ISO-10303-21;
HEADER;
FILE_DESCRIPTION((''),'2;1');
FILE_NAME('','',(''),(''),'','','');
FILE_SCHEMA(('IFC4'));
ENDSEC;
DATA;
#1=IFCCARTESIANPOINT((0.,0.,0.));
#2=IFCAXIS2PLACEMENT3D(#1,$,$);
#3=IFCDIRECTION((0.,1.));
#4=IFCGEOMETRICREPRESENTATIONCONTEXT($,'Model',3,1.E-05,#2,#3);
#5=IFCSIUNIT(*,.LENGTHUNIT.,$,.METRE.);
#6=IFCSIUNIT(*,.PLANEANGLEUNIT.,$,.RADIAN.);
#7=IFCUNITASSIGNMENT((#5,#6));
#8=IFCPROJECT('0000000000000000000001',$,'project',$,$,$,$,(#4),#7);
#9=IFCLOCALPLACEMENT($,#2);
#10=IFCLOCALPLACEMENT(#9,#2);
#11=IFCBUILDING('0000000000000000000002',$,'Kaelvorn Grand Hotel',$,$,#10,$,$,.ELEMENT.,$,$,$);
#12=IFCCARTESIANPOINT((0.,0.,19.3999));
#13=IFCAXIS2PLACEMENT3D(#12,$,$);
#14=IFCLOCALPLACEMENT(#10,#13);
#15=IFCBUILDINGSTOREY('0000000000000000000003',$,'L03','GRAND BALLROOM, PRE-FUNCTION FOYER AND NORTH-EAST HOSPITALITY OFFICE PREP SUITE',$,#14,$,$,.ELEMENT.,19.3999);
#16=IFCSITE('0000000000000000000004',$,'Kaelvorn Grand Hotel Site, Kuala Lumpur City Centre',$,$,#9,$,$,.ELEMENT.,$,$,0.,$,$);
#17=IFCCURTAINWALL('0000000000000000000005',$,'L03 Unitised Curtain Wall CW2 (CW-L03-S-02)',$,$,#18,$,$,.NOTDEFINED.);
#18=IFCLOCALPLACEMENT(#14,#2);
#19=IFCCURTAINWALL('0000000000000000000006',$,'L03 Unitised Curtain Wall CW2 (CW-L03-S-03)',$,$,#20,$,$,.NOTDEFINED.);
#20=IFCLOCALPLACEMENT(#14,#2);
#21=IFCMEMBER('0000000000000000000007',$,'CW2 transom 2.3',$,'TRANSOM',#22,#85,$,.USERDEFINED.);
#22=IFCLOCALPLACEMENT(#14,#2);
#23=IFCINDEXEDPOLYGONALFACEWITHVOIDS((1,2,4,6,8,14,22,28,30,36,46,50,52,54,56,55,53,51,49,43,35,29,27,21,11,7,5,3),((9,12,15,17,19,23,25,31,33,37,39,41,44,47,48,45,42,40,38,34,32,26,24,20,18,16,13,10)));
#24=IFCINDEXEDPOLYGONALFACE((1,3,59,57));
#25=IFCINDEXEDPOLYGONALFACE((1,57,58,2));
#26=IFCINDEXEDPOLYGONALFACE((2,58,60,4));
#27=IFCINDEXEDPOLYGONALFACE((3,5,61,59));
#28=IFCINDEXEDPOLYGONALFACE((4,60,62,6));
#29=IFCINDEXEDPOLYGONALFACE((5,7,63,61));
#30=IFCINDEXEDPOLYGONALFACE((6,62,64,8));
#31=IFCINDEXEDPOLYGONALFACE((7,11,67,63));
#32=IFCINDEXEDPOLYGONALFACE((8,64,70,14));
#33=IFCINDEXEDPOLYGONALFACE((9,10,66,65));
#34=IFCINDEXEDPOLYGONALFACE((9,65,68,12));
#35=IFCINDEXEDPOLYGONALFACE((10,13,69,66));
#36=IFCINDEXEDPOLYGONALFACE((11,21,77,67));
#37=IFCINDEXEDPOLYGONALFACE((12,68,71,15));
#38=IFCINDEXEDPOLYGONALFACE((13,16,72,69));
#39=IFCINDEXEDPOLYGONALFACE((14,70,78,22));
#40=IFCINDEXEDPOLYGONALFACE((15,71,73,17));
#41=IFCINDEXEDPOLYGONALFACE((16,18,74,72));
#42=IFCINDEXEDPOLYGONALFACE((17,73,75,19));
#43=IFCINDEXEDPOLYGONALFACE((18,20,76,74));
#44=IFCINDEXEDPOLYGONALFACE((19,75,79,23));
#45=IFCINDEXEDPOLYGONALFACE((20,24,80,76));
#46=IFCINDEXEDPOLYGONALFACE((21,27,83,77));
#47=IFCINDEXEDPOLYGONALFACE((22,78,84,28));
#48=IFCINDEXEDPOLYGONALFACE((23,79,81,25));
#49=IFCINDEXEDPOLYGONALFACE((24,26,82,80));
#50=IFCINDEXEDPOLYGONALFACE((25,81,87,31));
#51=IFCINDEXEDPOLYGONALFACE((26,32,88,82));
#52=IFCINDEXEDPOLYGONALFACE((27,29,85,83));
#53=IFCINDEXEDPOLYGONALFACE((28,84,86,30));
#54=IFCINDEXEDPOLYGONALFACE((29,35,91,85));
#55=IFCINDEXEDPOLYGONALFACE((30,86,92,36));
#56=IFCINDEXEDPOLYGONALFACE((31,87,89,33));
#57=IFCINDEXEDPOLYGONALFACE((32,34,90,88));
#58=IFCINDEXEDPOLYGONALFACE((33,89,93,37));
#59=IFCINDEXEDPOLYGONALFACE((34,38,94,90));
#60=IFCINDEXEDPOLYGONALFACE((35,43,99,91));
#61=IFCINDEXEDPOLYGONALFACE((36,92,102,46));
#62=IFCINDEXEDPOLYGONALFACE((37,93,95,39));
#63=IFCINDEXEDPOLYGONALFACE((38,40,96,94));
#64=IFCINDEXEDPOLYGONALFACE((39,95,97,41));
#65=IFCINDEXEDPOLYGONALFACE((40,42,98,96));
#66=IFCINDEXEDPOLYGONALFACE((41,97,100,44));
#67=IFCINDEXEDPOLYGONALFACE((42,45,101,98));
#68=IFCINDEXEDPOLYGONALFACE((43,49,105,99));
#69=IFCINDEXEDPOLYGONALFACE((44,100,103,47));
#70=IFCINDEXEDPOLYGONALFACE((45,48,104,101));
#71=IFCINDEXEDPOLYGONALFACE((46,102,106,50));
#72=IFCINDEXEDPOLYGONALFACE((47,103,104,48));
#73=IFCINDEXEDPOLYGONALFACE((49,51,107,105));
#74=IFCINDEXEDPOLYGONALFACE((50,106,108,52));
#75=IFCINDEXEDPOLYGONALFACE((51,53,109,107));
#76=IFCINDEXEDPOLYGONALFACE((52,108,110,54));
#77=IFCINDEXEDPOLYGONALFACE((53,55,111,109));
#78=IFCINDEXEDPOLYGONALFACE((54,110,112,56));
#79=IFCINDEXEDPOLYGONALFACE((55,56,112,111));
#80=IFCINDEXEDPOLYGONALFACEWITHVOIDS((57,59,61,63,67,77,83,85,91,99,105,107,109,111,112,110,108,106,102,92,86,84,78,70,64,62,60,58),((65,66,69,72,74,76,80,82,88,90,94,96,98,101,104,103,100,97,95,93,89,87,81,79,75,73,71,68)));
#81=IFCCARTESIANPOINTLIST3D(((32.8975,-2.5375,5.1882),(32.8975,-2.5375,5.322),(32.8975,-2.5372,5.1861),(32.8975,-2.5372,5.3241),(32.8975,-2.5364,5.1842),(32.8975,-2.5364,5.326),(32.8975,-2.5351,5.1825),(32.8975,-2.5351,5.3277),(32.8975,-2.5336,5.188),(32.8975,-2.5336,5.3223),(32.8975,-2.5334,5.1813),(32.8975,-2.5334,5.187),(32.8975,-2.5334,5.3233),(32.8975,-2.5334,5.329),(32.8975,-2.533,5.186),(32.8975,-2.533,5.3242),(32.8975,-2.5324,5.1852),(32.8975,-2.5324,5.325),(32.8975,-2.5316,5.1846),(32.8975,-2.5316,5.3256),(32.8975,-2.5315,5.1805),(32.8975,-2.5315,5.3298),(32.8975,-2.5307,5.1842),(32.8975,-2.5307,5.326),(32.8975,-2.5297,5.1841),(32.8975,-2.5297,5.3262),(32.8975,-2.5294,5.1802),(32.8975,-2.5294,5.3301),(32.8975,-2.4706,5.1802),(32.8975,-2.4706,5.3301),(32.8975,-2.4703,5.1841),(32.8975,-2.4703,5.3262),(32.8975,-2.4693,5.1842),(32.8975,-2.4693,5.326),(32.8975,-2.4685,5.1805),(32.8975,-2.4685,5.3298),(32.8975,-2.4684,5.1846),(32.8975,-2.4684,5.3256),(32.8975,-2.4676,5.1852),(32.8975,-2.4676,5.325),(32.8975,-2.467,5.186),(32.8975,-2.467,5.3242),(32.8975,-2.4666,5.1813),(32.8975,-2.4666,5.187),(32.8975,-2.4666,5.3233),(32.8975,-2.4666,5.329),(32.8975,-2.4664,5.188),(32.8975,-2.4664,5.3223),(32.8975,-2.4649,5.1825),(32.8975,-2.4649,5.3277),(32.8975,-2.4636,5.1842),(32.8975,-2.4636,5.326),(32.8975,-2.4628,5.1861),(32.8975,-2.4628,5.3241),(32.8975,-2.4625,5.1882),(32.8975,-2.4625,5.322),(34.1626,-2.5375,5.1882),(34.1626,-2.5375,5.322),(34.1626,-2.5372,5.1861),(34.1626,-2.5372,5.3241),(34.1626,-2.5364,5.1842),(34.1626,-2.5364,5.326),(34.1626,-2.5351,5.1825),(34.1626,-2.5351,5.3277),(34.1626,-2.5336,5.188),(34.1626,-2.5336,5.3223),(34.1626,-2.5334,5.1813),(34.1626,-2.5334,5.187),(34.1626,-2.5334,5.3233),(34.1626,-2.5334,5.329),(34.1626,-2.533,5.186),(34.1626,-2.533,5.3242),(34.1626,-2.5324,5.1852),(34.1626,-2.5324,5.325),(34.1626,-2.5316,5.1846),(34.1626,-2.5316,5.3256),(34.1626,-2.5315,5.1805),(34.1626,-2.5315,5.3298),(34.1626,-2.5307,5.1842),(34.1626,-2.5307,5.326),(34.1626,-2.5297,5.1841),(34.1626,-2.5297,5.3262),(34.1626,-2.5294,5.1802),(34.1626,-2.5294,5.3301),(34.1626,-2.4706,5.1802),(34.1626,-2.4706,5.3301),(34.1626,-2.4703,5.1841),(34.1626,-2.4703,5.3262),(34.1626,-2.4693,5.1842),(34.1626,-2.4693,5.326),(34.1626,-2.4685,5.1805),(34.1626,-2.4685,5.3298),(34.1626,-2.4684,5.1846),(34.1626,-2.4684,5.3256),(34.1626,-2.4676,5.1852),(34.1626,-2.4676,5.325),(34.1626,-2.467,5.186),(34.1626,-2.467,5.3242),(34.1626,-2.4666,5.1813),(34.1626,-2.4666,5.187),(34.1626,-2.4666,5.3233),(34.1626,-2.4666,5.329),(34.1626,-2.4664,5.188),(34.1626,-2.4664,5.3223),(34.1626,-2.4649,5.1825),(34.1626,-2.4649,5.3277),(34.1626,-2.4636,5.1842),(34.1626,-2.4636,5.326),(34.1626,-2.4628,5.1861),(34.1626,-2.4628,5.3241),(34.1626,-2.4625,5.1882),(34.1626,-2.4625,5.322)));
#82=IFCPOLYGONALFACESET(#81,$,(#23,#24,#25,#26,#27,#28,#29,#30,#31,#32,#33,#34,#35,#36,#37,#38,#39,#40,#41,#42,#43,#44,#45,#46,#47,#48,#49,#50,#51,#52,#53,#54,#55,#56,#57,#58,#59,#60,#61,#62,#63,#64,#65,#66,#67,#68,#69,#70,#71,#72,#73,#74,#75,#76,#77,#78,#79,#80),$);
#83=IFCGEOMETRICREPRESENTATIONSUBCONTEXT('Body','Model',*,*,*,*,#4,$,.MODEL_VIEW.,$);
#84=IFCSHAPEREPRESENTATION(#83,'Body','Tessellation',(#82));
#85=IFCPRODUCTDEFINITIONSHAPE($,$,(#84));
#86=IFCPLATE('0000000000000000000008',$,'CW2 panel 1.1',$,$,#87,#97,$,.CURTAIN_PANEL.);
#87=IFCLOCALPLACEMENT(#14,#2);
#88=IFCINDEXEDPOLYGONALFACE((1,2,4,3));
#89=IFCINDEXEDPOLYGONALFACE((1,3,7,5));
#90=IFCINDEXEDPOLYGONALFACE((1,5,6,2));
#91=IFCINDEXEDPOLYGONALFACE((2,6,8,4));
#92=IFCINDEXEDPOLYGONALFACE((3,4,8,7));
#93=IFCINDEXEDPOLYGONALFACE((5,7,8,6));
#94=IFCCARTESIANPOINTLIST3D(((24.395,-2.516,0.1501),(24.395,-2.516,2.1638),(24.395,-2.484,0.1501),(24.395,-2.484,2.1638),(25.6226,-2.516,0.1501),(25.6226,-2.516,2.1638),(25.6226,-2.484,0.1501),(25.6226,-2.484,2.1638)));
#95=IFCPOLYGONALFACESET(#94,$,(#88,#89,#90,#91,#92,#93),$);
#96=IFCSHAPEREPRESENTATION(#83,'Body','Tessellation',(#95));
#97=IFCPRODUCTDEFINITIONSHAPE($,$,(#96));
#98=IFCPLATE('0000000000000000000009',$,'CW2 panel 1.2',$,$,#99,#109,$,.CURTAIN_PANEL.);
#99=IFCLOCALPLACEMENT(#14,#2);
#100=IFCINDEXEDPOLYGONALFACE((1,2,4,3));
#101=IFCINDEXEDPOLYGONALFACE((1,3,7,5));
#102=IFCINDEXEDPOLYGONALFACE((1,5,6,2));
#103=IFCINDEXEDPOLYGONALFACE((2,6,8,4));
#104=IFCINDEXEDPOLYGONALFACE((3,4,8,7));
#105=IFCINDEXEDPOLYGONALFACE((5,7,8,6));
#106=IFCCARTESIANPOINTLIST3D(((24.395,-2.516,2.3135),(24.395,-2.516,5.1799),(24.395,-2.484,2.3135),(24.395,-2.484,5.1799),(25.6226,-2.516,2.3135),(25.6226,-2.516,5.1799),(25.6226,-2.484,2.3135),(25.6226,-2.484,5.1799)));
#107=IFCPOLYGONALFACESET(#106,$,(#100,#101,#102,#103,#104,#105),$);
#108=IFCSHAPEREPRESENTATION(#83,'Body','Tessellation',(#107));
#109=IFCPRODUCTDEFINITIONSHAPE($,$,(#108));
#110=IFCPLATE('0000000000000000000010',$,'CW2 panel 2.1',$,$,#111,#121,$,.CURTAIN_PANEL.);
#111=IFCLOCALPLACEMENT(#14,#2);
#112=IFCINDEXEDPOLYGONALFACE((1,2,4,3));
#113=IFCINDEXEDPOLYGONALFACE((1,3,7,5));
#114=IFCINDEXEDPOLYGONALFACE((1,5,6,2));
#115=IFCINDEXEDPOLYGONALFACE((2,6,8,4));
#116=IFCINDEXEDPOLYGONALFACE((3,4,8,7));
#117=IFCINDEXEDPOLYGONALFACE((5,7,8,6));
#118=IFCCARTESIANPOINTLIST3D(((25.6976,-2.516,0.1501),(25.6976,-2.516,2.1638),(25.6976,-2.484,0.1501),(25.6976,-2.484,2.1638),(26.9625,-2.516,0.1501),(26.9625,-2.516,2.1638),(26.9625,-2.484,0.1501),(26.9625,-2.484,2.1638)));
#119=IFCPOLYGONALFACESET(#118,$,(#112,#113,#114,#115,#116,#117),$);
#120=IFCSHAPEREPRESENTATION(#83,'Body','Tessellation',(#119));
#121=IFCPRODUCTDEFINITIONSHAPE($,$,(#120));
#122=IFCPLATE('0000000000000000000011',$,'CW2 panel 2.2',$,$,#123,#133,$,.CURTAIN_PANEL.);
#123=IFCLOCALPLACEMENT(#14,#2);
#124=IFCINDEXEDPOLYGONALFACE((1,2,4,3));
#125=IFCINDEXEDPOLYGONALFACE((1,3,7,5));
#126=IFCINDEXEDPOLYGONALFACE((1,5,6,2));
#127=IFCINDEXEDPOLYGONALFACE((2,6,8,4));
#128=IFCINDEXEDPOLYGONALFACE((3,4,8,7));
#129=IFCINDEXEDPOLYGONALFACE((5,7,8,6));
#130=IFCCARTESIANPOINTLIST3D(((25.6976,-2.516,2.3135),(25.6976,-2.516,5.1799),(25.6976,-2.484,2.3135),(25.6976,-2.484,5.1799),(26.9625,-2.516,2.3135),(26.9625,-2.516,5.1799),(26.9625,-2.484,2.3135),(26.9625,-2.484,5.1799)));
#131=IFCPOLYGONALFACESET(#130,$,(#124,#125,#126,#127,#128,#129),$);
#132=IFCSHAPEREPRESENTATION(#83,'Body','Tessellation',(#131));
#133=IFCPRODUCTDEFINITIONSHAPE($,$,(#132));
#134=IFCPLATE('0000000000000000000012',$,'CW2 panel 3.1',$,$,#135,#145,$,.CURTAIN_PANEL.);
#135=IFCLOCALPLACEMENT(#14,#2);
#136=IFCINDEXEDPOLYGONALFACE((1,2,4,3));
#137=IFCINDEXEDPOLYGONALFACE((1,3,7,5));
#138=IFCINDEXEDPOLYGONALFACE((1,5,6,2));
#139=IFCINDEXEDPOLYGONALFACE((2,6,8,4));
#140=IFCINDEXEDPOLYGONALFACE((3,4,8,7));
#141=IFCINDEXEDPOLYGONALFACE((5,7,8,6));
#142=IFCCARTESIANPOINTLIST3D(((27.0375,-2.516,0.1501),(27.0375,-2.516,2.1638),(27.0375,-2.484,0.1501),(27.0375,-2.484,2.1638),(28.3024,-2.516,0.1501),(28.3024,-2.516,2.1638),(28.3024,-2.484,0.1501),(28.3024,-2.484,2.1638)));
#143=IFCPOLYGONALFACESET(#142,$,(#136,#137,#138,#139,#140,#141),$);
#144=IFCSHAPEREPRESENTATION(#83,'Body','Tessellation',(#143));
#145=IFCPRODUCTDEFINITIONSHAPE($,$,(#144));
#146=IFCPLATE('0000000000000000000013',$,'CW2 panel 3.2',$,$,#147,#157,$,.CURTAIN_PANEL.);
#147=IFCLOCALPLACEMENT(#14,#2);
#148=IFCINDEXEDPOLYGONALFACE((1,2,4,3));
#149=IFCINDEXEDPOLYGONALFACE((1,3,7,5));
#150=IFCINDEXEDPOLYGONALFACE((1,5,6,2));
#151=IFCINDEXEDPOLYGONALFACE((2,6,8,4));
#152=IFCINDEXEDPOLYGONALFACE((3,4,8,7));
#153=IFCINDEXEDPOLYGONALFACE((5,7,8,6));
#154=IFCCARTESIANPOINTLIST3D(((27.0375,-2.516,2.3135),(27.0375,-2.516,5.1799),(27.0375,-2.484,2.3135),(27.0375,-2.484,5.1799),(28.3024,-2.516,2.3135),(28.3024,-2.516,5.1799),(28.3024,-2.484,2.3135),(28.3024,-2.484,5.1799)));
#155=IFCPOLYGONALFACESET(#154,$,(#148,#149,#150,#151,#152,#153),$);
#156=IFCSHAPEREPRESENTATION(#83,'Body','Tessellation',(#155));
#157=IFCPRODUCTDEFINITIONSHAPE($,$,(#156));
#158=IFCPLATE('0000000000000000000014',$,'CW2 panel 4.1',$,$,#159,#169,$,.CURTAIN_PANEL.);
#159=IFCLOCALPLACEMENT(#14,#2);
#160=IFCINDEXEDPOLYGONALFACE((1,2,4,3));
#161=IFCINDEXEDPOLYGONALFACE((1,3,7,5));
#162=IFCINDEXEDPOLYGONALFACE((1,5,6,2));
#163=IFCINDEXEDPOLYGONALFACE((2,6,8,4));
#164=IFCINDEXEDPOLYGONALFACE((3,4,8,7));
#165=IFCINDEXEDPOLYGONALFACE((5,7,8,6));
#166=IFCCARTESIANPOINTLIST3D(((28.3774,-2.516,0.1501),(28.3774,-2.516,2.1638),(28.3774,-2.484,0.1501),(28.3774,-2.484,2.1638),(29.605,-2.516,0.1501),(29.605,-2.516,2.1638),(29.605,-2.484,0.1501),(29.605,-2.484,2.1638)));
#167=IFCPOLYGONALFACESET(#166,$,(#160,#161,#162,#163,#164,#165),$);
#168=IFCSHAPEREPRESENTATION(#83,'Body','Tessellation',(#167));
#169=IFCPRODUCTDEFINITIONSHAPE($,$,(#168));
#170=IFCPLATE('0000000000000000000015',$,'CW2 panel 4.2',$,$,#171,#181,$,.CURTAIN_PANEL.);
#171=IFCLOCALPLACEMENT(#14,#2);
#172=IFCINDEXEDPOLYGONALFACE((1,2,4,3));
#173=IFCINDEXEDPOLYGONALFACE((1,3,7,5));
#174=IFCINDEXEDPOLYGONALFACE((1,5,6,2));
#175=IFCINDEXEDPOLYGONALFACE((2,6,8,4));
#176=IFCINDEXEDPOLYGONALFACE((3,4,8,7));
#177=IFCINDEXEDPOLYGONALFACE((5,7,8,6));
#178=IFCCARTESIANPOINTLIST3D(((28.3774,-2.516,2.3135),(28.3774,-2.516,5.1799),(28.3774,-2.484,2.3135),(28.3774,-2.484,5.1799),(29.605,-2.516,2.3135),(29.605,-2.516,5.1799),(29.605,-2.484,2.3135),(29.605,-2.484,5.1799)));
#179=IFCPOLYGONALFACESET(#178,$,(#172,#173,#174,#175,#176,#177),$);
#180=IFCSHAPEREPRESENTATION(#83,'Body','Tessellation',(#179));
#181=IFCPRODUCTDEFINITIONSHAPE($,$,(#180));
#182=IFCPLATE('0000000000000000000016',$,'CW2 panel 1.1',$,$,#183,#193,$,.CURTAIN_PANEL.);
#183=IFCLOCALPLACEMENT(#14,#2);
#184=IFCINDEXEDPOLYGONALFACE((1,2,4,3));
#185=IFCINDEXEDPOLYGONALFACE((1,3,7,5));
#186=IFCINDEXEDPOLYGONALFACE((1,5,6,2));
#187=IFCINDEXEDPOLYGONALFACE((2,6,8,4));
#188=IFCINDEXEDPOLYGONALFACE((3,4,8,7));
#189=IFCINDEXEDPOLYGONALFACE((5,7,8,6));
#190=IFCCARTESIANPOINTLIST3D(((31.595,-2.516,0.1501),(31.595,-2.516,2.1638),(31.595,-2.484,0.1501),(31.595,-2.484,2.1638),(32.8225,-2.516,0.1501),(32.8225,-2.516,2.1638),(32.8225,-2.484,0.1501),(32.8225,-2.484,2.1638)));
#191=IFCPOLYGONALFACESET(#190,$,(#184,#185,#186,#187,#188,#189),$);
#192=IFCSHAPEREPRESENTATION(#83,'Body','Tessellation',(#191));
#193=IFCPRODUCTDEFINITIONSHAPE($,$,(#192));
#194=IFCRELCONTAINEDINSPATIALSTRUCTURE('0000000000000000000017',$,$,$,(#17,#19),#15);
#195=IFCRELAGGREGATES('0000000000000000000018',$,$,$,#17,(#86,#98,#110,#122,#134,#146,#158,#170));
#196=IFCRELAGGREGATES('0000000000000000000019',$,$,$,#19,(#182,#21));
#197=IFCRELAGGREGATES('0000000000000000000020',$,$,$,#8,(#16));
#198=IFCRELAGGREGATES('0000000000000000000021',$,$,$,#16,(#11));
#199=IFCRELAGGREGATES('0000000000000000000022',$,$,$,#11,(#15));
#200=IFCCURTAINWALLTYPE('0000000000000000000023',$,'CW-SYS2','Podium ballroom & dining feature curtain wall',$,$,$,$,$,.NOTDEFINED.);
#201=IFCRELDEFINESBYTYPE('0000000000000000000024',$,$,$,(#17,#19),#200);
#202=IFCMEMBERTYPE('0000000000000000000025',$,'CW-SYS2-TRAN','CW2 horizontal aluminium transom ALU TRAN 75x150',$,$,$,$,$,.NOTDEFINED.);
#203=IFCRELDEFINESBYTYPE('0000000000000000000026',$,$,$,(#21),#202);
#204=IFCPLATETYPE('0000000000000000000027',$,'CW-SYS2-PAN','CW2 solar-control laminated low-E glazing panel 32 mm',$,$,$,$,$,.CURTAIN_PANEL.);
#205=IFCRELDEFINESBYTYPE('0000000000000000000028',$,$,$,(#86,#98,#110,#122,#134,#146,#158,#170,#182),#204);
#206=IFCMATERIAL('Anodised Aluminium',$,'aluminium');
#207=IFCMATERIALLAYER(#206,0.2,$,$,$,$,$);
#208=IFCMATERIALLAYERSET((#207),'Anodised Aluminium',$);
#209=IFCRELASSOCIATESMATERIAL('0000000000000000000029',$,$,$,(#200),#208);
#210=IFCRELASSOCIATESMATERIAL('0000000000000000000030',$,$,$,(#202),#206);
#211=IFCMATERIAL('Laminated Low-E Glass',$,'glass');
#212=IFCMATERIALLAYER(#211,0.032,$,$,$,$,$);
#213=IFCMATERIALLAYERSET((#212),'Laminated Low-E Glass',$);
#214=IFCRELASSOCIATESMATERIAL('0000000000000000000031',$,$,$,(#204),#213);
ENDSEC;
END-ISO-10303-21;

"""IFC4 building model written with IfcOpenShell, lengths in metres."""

from ifc_helpers import new_model, si_unit, direction, frame, origin, origin_2d, place, context, subcontext, project, spatial, rectangle, hollow_rectangle, extrude, material, layer, layer_set, material_profile, profile_set, type_object, element, aggregate, save


model = new_model("IFC4")

# Units and contexts
model_context = context("Model", 3, precision=1e-05, world=origin(), true_north=direction((0.0, 1.0)))
body_context = subcontext(model_context, "Body", "Model", "MODEL_VIEW")
ifc_project = project(units=[si_unit("LENGTHUNIT", "METRE"), si_unit("PLANEANGLEUNIT", "RADIAN")], contexts=[model_context])

# Site, building, storey
site_placement = place(None, origin())
site = spatial("IfcSite", under=ifc_project, at=site_placement, Name="Kaelvorn Grand Hotel Site, Kuala Lumpur City Centre", CompositionType="ELEMENT", RefElevation=0.0)
building_placement = place(site_placement, origin())
building = spatial("IfcBuilding", under=site, at=building_placement, Name="Kaelvorn Grand Hotel", CompositionType="ELEMENT")
storey_placement = place(building_placement, frame((0.0, 0.0, 19.3999)))
storey = spatial("IfcBuildingStorey", under=building, at=storey_placement, Name="L03", Description="GRAND BALLROOM, PRE-FUNCTION FOYER AND NORTH-EAST HOSPITALITY OFFICE PREP SUITE", CompositionType="ELEMENT", Elevation=19.3999)

# Curtain walls
ifc_material_1 = material(Name="Anodised Aluminium", Category="aluminium")
ifc_layer_1 = layer(ifc_material_1, 0.2)
ifc_layer_set_1 = layer_set([ifc_layer_1], Name="Anodised Aluminium")
curtain_wall_type = type_object("IfcCurtainWallType", Name="CW-SYS2", Description="Podium ballroom & dining feature curtain wall", PredefinedType="NOTDEFINED", material=ifc_layer_set_1)
curtain_wall_1_placement = place(storey_placement, origin())
curtain_wall_1 = element("IfcCurtainWall", 1, at=curtain_wall_1_placement, inside=storey, type_object=curtain_wall_type, Name="L03 Unitised Curtain Wall CW2 (CW-L03-S-02)", PredefinedType="NOTDEFINED")
curtain_wall_2_placement = place(storey_placement, origin())
curtain_wall_2 = element("IfcCurtainWall", 2, at=curtain_wall_2_placement, inside=storey, type_object=curtain_wall_type, Name="L03 Unitised Curtain Wall CW2 (CW-L03-S-03)", PredefinedType="NOTDEFINED")

# Member
ifc_material_profile_1 = material_profile(ifc_material_1, hollow_rectangle(XDim=0.075, YDim=0.1499, WallThickness=0.0039, InnerFilletRadius=0.0039, OuterFilletRadius=0.0081, at=origin_2d()), Name="ALU TRAN 75x150")
ifc_profile_set_1 = profile_set([ifc_material_profile_1], Name="Anodised Aluminium")
member_type_1 = type_object("IfcMemberType", Name="CW-SYS2-TRAN", Description="CW2 horizontal aluminium transom ALU TRAN 75x150", PredefinedType="NOTDEFINED", material=ifc_profile_set_1)
member_1_placement = place(storey_placement, frame((32.8975, -2.5, 5.2551), z_axis=(1.0, 0.0, 0.0), x_axis=(0.0, 1.0, 0.0)))
member_1 = element("IfcMember", 3, at=member_1_placement, type_object=member_type_1, Name="CW2 transom 2.3", ObjectType="TRANSOM", PredefinedType="USERDEFINED", context=body_context, shape_type="SweptSolid", body=[
    extrude(hollow_rectangle(XDim=0.075, YDim=0.1499, WallThickness=0.0039, InnerFilletRadius=0.0039, OuterFilletRadius=0.0081, at=origin_2d()), origin(), (0.0, 0.0, 1.0), 1.2651),
])

# Plates
ifc_material_2 = material(Name="Laminated Low-E Glass", Category="glass")
ifc_layer_2 = layer(ifc_material_2, 0.032)
ifc_layer_set_2 = layer_set([ifc_layer_2], Name="Laminated Low-E Glass")
plate_type = type_object("IfcPlateType", Name="CW-SYS2-PAN", Description="CW2 solar-control laminated low-E glazing panel 32 mm", PredefinedType="CURTAIN_PANEL", material=ifc_layer_set_2)
plate_1_placement = place(storey_placement, frame((25.0088, -2.5, 0.1501), z_axis=(0.0, 0.0, 1.0), x_axis=(1.0, 0.0, 0.0)))
plate_1 = element("IfcPlate", 4, at=plate_1_placement, type_object=plate_type, Name="CW2 panel 1.1", PredefinedType="CURTAIN_PANEL", context=body_context, shape_type="SweptSolid", body=[
    extrude(rectangle(XDim=1.2275, YDim=0.032, at=origin_2d()), origin(), (0.0, 0.0, 1.0), 2.0137),
])
plate_2_placement = place(storey_placement, frame((25.0088, -2.5, 2.3135), z_axis=(0.0, 0.0, 1.0), x_axis=(1.0, 0.0, 0.0)))
plate_2 = element("IfcPlate", 5, at=plate_2_placement, type_object=plate_type, Name="CW2 panel 1.2", PredefinedType="CURTAIN_PANEL", context=body_context, shape_type="SweptSolid", body=[
    extrude(rectangle(XDim=1.2275, YDim=0.032, at=origin_2d()), origin(), (0.0, 0.0, 1.0), 2.8665),
])
plate_3_placement = place(storey_placement, frame((26.3301, -2.5, 0.1501), z_axis=(0.0, 0.0, 1.0), x_axis=(1.0, 0.0, 0.0)))
plate_3 = element("IfcPlate", 6, at=plate_3_placement, type_object=plate_type, Name="CW2 panel 2.1", PredefinedType="CURTAIN_PANEL", context=body_context, shape_type="SweptSolid", body=[
    extrude(rectangle(XDim=1.2649, YDim=0.032, at=origin_2d()), origin(), (0.0, 0.0, 1.0), 2.0137),
])
plate_4_placement = place(storey_placement, frame((26.3301, -2.5, 2.3135), z_axis=(0.0, 0.0, 1.0), x_axis=(1.0, 0.0, 0.0)))
plate_4 = element("IfcPlate", 7, at=plate_4_placement, type_object=plate_type, Name="CW2 panel 2.2", PredefinedType="CURTAIN_PANEL", context=body_context, shape_type="SweptSolid", body=[
    extrude(rectangle(XDim=1.2649, YDim=0.032, at=origin_2d()), origin(), (0.0, 0.0, 1.0), 2.8665),
])
plate_5_placement = place(storey_placement, frame((27.6699, -2.5, 0.1501), z_axis=(0.0, 0.0, 1.0), x_axis=(1.0, 0.0, 0.0)))
plate_5 = element("IfcPlate", 8, at=plate_5_placement, type_object=plate_type, Name="CW2 panel 3.1", PredefinedType="CURTAIN_PANEL", context=body_context, shape_type="SweptSolid", body=[
    extrude(rectangle(XDim=1.2649, YDim=0.032, at=origin_2d()), origin(), (0.0, 0.0, 1.0), 2.0137),
])
plate_6_placement = place(storey_placement, frame((27.6699, -2.5, 2.3135), z_axis=(0.0, 0.0, 1.0), x_axis=(1.0, 0.0, 0.0)))
plate_6 = element("IfcPlate", 9, at=plate_6_placement, type_object=plate_type, Name="CW2 panel 3.2", PredefinedType="CURTAIN_PANEL", context=body_context, shape_type="SweptSolid", body=[
    extrude(rectangle(XDim=1.2649, YDim=0.032, at=origin_2d()), origin(), (0.0, 0.0, 1.0), 2.8665),
])
plate_7_placement = place(storey_placement, frame((28.9912, -2.5, 0.1501), z_axis=(0.0, 0.0, 1.0), x_axis=(1.0, 0.0, 0.0)))
plate_7 = element("IfcPlate", 10, at=plate_7_placement, type_object=plate_type, Name="CW2 panel 4.1", PredefinedType="CURTAIN_PANEL", context=body_context, shape_type="SweptSolid", body=[
    extrude(rectangle(XDim=1.2275, YDim=0.032, at=origin_2d()), origin(), (0.0, 0.0, 1.0), 2.0137),
])
plate_8_placement = place(storey_placement, frame((28.9912, -2.5, 2.3135), z_axis=(0.0, 0.0, 1.0), x_axis=(1.0, 0.0, 0.0)))
plate_8 = element("IfcPlate", 11, at=plate_8_placement, type_object=plate_type, Name="CW2 panel 4.2", PredefinedType="CURTAIN_PANEL", context=body_context, shape_type="SweptSolid", body=[
    extrude(rectangle(XDim=1.2275, YDim=0.032, at=origin_2d()), origin(), (0.0, 0.0, 1.0), 2.8665),
])
aggregate(curtain_wall_1, [plate_1, plate_2, plate_3, plate_4, plate_5, plate_6, plate_7, plate_8])
plate_9_placement = place(storey_placement, frame((32.2087, -2.5, 0.1501), z_axis=(0.0, 0.0, 1.0), x_axis=(1.0, 0.0, 0.0)))
plate_9 = element("IfcPlate", 12, at=plate_9_placement, type_object=plate_type, Name="CW2 panel 1.1", PredefinedType="CURTAIN_PANEL", context=body_context, shape_type="SweptSolid", body=[
    extrude(rectangle(XDim=1.2275, YDim=0.032, at=origin_2d()), origin(), (0.0, 0.0, 1.0), 2.0137),
])
aggregate(curtain_wall_2, [plate_9, member_1])

save(model, "model.ifc")
